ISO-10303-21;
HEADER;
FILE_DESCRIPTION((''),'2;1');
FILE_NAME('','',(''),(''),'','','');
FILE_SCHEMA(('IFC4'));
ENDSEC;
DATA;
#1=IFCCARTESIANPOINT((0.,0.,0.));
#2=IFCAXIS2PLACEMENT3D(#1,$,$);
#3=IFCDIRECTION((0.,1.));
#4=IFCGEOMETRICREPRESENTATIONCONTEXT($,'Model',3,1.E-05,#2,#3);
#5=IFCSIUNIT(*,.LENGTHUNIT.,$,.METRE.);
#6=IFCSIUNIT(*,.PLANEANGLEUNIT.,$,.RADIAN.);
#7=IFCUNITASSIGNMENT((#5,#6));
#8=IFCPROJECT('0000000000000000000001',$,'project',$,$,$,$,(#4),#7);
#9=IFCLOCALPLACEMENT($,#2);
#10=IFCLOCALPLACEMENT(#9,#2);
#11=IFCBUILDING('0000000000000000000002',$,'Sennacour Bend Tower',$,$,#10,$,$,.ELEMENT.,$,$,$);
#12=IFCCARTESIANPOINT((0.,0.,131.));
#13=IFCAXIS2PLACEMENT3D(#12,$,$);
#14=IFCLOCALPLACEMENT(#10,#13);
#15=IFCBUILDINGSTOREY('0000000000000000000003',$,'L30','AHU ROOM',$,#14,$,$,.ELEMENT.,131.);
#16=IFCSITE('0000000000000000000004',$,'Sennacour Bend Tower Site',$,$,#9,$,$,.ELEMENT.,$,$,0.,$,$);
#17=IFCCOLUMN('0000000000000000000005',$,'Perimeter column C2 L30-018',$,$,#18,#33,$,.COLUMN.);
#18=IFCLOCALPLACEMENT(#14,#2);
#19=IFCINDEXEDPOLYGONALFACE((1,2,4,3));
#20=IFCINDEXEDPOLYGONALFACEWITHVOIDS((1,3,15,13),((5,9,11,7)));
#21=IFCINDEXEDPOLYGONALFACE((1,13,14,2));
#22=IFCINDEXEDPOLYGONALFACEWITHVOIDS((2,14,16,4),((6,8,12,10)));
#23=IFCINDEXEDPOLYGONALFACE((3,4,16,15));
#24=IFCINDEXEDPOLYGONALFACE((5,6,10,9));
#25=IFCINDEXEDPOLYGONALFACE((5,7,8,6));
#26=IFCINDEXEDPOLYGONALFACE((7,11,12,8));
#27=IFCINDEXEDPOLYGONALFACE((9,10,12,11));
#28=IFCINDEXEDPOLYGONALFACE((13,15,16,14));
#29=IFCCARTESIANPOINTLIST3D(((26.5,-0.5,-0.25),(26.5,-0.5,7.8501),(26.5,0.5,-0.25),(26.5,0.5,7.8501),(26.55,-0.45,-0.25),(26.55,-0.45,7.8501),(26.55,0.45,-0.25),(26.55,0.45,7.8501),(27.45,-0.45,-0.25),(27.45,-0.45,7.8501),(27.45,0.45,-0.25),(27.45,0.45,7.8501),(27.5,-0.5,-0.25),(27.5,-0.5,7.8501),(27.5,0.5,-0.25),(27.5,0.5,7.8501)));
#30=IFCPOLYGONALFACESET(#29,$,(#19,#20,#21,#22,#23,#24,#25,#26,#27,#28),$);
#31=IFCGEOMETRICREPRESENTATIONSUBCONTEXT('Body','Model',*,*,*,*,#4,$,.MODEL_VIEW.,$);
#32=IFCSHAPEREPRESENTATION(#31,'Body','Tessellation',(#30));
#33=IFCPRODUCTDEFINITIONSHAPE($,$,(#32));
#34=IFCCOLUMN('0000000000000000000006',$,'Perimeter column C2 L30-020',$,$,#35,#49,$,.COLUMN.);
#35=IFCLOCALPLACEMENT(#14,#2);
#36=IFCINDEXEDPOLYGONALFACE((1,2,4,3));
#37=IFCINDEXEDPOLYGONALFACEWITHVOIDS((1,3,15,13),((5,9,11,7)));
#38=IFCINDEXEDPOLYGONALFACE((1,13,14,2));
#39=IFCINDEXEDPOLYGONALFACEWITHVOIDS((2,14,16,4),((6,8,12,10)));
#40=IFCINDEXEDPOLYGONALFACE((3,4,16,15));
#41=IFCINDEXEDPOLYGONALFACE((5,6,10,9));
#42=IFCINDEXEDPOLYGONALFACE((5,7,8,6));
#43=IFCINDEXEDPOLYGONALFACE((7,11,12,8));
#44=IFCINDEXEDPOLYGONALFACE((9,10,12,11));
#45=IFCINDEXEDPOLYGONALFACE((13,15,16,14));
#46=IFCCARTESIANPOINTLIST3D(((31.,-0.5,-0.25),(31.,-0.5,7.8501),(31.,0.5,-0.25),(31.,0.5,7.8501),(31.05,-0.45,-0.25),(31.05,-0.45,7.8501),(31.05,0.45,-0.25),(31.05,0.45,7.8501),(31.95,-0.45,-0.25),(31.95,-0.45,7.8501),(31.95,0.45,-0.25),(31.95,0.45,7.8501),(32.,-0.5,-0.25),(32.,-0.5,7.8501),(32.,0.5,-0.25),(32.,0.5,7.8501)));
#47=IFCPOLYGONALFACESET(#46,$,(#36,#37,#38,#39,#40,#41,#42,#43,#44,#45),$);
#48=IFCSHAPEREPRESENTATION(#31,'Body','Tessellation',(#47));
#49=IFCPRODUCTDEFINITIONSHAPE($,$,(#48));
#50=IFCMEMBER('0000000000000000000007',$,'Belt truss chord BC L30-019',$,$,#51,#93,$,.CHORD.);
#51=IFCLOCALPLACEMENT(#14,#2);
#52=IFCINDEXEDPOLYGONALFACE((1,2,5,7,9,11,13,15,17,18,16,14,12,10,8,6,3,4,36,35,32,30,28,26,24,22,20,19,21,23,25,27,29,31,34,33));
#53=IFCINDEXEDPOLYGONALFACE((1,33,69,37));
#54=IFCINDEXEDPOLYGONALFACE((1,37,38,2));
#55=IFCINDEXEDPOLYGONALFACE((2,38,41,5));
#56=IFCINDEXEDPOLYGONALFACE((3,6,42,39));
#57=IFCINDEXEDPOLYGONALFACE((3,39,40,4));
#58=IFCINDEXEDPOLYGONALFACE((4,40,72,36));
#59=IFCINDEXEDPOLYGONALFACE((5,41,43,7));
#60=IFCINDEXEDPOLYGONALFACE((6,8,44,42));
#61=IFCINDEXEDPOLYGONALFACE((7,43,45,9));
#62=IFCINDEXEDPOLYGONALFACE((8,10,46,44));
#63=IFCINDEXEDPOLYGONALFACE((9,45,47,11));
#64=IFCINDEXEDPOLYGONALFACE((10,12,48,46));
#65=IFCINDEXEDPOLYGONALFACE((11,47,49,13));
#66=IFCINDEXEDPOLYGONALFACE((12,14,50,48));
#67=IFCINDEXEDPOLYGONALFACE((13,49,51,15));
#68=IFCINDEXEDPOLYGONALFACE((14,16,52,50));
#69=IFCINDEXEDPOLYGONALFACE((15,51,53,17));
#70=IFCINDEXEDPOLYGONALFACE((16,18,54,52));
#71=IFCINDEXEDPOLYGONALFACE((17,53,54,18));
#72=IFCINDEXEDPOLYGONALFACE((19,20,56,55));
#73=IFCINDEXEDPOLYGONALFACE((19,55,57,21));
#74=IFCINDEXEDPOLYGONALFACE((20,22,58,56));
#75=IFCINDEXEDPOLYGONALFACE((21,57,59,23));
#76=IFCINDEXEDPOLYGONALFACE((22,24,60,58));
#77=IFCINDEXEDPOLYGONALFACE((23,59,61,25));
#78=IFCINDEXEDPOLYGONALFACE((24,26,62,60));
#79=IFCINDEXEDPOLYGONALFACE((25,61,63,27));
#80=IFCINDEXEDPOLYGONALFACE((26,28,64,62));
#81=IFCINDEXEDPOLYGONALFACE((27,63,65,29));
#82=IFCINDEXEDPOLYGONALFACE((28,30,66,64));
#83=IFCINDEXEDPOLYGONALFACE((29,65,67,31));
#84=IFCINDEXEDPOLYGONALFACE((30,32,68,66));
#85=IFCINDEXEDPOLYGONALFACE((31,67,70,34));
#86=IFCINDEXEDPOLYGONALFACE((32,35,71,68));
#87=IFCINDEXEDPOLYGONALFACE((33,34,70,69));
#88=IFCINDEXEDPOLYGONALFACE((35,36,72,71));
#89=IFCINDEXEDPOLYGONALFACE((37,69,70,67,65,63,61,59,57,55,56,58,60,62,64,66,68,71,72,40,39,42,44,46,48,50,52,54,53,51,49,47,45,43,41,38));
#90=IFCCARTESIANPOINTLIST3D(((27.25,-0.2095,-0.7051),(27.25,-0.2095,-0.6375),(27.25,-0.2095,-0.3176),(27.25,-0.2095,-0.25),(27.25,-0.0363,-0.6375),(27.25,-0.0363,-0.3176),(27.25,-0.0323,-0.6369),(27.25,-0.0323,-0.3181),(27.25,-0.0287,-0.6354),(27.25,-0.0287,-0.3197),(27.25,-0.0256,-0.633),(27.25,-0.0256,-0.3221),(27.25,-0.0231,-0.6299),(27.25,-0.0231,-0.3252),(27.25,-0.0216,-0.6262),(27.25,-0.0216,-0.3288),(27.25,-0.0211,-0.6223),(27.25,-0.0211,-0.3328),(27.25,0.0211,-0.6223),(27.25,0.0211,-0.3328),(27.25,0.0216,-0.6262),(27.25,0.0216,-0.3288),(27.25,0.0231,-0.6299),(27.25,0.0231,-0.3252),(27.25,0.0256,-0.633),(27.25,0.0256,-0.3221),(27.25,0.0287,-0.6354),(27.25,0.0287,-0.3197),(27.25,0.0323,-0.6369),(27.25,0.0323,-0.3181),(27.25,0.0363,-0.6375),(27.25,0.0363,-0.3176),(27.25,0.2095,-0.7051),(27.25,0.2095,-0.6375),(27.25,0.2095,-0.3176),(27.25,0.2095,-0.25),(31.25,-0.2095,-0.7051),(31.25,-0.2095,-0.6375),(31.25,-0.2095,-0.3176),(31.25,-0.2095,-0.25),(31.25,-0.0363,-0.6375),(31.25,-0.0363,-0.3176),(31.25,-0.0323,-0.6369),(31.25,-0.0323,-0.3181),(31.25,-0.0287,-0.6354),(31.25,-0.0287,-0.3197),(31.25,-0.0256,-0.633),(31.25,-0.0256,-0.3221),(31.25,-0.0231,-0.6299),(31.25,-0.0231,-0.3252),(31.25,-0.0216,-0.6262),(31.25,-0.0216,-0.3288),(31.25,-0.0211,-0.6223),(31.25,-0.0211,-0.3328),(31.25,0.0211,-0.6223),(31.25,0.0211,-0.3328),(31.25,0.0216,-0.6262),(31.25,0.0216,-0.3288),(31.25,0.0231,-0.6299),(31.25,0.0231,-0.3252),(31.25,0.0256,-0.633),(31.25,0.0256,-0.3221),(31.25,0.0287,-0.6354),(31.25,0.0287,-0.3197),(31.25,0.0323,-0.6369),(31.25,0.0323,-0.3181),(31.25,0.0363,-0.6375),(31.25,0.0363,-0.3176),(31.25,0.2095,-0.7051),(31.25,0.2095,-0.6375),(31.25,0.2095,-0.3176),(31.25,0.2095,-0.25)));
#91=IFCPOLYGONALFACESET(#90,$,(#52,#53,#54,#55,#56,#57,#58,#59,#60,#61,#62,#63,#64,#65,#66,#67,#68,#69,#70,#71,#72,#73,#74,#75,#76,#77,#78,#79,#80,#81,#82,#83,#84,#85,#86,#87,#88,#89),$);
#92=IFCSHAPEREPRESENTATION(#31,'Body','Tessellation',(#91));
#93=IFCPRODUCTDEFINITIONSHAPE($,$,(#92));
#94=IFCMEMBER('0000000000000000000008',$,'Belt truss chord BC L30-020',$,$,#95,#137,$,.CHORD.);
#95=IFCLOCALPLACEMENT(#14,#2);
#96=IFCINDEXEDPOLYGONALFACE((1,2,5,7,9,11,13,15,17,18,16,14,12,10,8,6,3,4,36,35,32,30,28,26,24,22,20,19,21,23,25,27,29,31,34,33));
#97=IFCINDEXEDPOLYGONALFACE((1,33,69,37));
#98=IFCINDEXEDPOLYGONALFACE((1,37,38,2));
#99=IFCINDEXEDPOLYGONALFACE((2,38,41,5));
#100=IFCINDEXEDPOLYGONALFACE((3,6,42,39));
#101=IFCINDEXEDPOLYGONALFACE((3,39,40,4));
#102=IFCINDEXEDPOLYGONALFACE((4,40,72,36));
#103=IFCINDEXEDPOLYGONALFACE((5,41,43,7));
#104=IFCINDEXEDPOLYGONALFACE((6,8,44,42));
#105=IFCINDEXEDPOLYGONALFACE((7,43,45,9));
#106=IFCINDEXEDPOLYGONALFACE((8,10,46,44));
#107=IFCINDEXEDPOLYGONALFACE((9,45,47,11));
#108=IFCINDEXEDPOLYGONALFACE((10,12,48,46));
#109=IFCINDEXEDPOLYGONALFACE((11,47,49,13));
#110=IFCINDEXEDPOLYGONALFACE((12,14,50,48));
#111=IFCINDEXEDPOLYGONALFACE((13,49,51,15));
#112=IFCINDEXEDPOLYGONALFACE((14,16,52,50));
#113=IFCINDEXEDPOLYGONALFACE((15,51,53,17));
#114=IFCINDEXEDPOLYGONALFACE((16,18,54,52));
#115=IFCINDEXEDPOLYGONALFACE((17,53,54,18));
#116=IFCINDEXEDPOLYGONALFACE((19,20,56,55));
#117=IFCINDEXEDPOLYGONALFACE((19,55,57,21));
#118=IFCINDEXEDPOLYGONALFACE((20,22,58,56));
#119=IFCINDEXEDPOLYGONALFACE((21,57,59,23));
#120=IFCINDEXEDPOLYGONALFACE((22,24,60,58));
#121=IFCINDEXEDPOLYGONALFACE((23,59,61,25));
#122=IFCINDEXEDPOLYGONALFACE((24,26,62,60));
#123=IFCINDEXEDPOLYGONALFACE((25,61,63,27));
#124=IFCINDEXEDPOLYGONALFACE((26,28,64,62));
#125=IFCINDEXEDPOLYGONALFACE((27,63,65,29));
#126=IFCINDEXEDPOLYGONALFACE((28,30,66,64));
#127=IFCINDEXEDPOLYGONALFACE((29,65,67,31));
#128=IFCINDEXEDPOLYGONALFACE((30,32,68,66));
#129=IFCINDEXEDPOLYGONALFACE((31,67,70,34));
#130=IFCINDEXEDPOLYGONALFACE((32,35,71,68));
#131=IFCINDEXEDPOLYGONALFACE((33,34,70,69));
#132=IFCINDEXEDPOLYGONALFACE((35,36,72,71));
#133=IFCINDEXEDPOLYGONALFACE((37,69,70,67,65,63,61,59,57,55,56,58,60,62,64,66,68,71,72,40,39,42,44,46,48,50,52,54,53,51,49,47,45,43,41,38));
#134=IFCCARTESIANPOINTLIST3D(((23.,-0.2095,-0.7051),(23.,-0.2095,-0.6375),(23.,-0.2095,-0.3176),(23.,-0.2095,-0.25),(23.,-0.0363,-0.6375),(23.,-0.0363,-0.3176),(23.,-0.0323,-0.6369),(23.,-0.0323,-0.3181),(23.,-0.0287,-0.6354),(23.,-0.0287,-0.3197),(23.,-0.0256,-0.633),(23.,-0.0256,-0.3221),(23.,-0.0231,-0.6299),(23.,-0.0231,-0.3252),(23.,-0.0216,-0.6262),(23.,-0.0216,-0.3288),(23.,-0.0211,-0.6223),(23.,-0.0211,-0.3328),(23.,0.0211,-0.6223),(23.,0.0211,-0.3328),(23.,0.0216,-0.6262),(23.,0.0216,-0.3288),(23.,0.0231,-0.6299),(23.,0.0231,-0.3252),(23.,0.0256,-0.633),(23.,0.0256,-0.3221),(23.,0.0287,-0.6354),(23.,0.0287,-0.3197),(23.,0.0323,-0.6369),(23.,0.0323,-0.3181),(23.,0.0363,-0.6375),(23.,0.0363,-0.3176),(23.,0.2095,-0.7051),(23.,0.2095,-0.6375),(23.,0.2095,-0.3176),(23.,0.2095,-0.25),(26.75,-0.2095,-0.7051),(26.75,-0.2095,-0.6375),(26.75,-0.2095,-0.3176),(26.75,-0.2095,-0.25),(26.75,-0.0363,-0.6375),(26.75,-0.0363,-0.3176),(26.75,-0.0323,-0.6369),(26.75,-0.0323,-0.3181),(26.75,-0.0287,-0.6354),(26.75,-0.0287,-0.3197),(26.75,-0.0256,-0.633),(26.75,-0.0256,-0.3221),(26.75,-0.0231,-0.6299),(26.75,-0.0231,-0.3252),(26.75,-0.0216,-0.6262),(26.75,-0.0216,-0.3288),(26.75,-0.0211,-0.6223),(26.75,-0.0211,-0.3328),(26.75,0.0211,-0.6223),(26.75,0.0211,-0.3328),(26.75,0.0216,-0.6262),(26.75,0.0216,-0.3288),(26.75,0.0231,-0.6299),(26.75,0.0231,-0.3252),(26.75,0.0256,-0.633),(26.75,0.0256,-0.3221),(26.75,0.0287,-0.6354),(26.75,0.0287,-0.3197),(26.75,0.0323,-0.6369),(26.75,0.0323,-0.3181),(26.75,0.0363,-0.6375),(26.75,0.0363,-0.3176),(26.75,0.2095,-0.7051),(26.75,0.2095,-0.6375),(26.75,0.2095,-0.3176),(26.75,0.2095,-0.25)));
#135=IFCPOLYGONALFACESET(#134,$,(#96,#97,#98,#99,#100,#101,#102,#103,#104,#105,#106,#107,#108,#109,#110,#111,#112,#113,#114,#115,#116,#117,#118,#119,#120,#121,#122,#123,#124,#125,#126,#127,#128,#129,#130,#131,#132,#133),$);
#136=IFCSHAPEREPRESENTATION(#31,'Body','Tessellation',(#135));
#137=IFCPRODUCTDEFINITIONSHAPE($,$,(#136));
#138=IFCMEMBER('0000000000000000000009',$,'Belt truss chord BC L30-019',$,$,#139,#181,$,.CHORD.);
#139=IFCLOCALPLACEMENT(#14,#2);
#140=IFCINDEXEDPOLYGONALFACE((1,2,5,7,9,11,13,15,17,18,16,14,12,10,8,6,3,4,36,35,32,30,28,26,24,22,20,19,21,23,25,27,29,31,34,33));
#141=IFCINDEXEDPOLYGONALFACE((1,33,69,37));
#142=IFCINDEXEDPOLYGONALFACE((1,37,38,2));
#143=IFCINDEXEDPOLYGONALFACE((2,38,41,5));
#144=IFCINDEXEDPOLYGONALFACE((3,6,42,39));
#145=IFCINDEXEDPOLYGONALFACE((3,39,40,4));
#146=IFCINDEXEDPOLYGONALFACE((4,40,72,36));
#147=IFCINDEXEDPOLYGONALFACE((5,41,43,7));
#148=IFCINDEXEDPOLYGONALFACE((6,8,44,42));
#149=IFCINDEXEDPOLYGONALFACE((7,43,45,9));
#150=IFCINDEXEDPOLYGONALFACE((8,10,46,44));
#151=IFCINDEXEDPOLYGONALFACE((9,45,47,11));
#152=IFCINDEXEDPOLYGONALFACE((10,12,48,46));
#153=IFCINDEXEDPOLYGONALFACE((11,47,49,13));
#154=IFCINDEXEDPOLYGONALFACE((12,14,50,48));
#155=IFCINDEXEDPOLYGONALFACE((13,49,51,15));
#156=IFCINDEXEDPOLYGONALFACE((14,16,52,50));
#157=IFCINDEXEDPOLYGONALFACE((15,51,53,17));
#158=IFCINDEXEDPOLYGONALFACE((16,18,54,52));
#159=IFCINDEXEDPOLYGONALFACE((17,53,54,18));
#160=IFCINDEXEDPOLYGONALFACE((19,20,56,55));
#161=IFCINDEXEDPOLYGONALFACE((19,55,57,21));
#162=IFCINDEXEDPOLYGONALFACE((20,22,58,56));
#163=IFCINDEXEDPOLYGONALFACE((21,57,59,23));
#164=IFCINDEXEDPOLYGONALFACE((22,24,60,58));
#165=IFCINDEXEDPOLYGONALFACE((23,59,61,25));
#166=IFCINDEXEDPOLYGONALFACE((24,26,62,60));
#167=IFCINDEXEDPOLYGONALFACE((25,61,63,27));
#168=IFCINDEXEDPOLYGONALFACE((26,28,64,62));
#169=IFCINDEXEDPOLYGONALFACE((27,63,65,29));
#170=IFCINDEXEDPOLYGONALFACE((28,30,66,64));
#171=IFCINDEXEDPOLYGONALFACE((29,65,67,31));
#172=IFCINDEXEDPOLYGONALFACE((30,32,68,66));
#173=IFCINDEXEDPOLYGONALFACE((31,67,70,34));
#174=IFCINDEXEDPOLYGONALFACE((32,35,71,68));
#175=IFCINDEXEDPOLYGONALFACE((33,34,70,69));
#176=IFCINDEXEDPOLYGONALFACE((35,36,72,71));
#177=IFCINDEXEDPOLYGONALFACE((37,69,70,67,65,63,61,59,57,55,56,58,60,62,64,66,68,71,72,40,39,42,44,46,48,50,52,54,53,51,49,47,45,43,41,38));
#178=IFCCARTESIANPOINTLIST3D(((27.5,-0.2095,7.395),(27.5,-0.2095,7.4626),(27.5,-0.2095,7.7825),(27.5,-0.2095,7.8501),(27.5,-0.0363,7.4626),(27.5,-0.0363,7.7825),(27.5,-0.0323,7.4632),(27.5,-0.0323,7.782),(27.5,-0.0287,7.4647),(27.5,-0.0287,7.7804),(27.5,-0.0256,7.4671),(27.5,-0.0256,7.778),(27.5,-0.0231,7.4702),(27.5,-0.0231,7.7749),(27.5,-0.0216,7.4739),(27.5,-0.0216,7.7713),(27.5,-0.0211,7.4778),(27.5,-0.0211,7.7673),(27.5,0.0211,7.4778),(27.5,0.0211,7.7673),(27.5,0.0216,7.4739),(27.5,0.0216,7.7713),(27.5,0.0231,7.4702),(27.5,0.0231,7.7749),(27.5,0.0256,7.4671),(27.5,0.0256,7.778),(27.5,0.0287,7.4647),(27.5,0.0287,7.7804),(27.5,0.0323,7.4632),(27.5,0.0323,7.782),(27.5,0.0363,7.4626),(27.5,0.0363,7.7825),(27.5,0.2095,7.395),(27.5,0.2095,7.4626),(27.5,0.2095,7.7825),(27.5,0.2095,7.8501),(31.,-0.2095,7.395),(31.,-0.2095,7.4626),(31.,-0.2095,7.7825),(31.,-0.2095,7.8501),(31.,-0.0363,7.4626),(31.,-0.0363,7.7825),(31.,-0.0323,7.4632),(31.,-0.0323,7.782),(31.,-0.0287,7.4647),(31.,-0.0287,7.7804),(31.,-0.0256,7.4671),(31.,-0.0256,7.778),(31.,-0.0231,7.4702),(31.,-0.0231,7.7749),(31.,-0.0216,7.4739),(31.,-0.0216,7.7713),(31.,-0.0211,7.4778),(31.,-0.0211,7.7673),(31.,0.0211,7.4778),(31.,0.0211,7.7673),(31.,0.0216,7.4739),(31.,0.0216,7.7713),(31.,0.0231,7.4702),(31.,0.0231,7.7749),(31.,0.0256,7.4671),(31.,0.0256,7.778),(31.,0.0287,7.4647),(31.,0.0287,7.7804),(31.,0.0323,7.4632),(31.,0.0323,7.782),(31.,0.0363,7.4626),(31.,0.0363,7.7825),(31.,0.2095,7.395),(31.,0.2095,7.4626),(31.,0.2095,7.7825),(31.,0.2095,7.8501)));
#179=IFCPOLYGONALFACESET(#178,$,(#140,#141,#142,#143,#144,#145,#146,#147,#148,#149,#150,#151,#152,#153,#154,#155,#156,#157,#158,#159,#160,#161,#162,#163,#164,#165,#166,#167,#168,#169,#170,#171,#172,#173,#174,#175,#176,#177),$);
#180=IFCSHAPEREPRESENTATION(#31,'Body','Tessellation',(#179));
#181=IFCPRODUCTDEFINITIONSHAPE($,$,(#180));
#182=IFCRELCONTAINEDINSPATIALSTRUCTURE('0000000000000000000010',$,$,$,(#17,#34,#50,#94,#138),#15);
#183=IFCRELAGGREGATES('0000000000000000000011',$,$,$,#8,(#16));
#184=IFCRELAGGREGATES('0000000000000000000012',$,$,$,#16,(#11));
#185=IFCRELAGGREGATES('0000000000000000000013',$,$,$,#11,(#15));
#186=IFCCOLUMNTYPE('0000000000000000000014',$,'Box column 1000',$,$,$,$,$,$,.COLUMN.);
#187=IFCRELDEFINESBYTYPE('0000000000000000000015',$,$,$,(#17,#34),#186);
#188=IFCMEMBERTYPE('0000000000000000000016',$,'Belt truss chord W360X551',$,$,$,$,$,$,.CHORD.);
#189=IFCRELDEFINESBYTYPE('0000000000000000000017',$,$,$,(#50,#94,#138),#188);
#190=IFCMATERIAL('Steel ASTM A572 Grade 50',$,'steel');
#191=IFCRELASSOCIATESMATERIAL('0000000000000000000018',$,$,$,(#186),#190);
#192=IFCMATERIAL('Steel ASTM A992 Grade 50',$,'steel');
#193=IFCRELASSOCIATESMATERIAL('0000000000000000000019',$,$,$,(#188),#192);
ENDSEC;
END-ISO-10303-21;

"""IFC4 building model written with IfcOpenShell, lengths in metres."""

from ifc_helpers import new_model, si_unit, direction, frame, origin, origin_2d, place, context, subcontext, project, spatial, hollow_rectangle, i_section, extrude, material, material_profile, profile_set, type_object, element, save


model = new_model("IFC4")

# Units and contexts
model_context = context("Model", 3, precision=1e-05, world=origin(), true_north=direction((0.0, 1.0)))
body_context = subcontext(model_context, "Body", "Model", "MODEL_VIEW")
ifc_project = project(units=[si_unit("LENGTHUNIT", "METRE"), si_unit("PLANEANGLEUNIT", "RADIAN")], contexts=[model_context])

# Site, building, storey
site_placement = place(None, origin())
site = spatial("IfcSite", under=ifc_project, at=site_placement, Name="Sennacour Bend Tower Site", CompositionType="ELEMENT", RefElevation=0.0)
building_placement = place(site_placement, origin())
building = spatial("IfcBuilding", under=site, at=building_placement, Name="Sennacour Bend Tower", CompositionType="ELEMENT")
storey_placement = place(building_placement, frame((0.0, 0.0, 131.0)))
storey = spatial("IfcBuildingStorey", under=building, at=storey_placement, Name="L30", Description="AHU ROOM", CompositionType="ELEMENT", Elevation=131.0)

# Columns
ifc_material_1 = material(Name="Steel ASTM A572 Grade 50", Category="steel")
ifc_material_profile_1 = material_profile(ifc_material_1, hollow_rectangle(XDim=1.0, YDim=1.0, WallThickness=0.05, at=origin_2d()), Name="Steel ASTM A572 Grade 50", Category="steel")
ifc_profile_set_1 = profile_set([ifc_material_profile_1], Name="Steel ASTM A572 Grade 50")
column_type = type_object("IfcColumnType", Name="Box column 1000", PredefinedType="COLUMN", material=ifc_profile_set_1)
for number, where, z_axis, x_axis, name in (
    (1, (27.0, 0.0, -0.25), (0.0, 0.0, 1.0), (1.0, 0.0, 0.0), "Perimeter column C2 L30-018"),
    (2, (31.5, 0.0, -0.25), (0.0, 0.0, 1.0), (1.0, 0.0, 0.0), "Perimeter column C2 L30-020"),
):
    element("IfcColumn", number, at=place(storey_placement, frame(where, z_axis=z_axis, x_axis=x_axis)), inside=storey, type_object=column_type, Name=name, PredefinedType="COLUMN", context=body_context, shape_type="SweptSolid", body=[
        extrude(hollow_rectangle(XDim=1.0, YDim=1.0, WallThickness=0.05, at=origin_2d()), origin(), (0.0, 0.0, 1.0), 8.1001),
    ])

# Members
ifc_material_2 = material(Name="Steel ASTM A992 Grade 50", Category="steel")
ifc_material_profile_2 = material_profile(ifc_material_2, i_section(OverallWidth=0.4189, OverallDepth=0.4551, WebThickness=0.0422, FlangeThickness=0.0676, FilletRadius=0.0151, at=origin_2d()), Name="Steel ASTM A992 Grade 50", Category="steel")
ifc_profile_set_2 = profile_set([ifc_material_profile_2], Name="Steel ASTM A992 Grade 50")
member_type_1 = type_object("IfcMemberType", Name="Belt truss chord W360X551", PredefinedType="CHORD", material=ifc_profile_set_2)
member_1_placement = place(storey_placement, frame((31.25, 0.0, -0.4775), z_axis=(-1.0, 0.0, 0.0), x_axis=(0.0, -1.0, 0.0)))
element("IfcMember", 3, at=member_1_placement, inside=storey, type_object=member_type_1, Name="Belt truss chord BC L30-019", PredefinedType="CHORD", context=body_context, shape_type="SweptSolid", body=[
    extrude(i_section(OverallWidth=0.4189, OverallDepth=0.4551, WebThickness=0.0422, FlangeThickness=0.0676, FilletRadius=0.0151, at=origin_2d()), origin(), (0.0, 0.0, 1.0), 4.0),
])
member_2_placement = place(storey_placement, frame((26.75, 0.0, -0.4775), z_axis=(-1.0, 0.0, 0.0), x_axis=(0.0, -1.0, 0.0)))
element("IfcMember", 4, at=member_2_placement, inside=storey, type_object=member_type_1, Name="Belt truss chord BC L30-020", PredefinedType="CHORD", context=body_context, shape_type="SweptSolid", body=[
    extrude(i_section(OverallWidth=0.4189, OverallDepth=0.4551, WebThickness=0.0422, FlangeThickness=0.0676, FilletRadius=0.0151, at=origin_2d()), origin(), (0.0, 0.0, 1.0), 3.75),
])
for number, where, z_axis, x_axis, name in (
    (5, (31.0, 0.0, 7.6226), (-1.0, 0.0, 0.0), (0.0, -1.0, 0.0), "Belt truss chord BC L30-019"),
):
    element("IfcMember", number, at=place(storey_placement, frame(where, z_axis=z_axis, x_axis=x_axis)), inside=storey, type_object=member_type_1, Name=name, PredefinedType="CHORD", context=body_context, shape_type="SweptSolid", body=[
        extrude(i_section(OverallWidth=0.4189, OverallDepth=0.4551, WebThickness=0.0422, FlangeThickness=0.0676, FilletRadius=0.0151, at=origin_2d()), origin(), (0.0, 0.0, 1.0), 3.5),
    ])

save(model, "model.ifc")
